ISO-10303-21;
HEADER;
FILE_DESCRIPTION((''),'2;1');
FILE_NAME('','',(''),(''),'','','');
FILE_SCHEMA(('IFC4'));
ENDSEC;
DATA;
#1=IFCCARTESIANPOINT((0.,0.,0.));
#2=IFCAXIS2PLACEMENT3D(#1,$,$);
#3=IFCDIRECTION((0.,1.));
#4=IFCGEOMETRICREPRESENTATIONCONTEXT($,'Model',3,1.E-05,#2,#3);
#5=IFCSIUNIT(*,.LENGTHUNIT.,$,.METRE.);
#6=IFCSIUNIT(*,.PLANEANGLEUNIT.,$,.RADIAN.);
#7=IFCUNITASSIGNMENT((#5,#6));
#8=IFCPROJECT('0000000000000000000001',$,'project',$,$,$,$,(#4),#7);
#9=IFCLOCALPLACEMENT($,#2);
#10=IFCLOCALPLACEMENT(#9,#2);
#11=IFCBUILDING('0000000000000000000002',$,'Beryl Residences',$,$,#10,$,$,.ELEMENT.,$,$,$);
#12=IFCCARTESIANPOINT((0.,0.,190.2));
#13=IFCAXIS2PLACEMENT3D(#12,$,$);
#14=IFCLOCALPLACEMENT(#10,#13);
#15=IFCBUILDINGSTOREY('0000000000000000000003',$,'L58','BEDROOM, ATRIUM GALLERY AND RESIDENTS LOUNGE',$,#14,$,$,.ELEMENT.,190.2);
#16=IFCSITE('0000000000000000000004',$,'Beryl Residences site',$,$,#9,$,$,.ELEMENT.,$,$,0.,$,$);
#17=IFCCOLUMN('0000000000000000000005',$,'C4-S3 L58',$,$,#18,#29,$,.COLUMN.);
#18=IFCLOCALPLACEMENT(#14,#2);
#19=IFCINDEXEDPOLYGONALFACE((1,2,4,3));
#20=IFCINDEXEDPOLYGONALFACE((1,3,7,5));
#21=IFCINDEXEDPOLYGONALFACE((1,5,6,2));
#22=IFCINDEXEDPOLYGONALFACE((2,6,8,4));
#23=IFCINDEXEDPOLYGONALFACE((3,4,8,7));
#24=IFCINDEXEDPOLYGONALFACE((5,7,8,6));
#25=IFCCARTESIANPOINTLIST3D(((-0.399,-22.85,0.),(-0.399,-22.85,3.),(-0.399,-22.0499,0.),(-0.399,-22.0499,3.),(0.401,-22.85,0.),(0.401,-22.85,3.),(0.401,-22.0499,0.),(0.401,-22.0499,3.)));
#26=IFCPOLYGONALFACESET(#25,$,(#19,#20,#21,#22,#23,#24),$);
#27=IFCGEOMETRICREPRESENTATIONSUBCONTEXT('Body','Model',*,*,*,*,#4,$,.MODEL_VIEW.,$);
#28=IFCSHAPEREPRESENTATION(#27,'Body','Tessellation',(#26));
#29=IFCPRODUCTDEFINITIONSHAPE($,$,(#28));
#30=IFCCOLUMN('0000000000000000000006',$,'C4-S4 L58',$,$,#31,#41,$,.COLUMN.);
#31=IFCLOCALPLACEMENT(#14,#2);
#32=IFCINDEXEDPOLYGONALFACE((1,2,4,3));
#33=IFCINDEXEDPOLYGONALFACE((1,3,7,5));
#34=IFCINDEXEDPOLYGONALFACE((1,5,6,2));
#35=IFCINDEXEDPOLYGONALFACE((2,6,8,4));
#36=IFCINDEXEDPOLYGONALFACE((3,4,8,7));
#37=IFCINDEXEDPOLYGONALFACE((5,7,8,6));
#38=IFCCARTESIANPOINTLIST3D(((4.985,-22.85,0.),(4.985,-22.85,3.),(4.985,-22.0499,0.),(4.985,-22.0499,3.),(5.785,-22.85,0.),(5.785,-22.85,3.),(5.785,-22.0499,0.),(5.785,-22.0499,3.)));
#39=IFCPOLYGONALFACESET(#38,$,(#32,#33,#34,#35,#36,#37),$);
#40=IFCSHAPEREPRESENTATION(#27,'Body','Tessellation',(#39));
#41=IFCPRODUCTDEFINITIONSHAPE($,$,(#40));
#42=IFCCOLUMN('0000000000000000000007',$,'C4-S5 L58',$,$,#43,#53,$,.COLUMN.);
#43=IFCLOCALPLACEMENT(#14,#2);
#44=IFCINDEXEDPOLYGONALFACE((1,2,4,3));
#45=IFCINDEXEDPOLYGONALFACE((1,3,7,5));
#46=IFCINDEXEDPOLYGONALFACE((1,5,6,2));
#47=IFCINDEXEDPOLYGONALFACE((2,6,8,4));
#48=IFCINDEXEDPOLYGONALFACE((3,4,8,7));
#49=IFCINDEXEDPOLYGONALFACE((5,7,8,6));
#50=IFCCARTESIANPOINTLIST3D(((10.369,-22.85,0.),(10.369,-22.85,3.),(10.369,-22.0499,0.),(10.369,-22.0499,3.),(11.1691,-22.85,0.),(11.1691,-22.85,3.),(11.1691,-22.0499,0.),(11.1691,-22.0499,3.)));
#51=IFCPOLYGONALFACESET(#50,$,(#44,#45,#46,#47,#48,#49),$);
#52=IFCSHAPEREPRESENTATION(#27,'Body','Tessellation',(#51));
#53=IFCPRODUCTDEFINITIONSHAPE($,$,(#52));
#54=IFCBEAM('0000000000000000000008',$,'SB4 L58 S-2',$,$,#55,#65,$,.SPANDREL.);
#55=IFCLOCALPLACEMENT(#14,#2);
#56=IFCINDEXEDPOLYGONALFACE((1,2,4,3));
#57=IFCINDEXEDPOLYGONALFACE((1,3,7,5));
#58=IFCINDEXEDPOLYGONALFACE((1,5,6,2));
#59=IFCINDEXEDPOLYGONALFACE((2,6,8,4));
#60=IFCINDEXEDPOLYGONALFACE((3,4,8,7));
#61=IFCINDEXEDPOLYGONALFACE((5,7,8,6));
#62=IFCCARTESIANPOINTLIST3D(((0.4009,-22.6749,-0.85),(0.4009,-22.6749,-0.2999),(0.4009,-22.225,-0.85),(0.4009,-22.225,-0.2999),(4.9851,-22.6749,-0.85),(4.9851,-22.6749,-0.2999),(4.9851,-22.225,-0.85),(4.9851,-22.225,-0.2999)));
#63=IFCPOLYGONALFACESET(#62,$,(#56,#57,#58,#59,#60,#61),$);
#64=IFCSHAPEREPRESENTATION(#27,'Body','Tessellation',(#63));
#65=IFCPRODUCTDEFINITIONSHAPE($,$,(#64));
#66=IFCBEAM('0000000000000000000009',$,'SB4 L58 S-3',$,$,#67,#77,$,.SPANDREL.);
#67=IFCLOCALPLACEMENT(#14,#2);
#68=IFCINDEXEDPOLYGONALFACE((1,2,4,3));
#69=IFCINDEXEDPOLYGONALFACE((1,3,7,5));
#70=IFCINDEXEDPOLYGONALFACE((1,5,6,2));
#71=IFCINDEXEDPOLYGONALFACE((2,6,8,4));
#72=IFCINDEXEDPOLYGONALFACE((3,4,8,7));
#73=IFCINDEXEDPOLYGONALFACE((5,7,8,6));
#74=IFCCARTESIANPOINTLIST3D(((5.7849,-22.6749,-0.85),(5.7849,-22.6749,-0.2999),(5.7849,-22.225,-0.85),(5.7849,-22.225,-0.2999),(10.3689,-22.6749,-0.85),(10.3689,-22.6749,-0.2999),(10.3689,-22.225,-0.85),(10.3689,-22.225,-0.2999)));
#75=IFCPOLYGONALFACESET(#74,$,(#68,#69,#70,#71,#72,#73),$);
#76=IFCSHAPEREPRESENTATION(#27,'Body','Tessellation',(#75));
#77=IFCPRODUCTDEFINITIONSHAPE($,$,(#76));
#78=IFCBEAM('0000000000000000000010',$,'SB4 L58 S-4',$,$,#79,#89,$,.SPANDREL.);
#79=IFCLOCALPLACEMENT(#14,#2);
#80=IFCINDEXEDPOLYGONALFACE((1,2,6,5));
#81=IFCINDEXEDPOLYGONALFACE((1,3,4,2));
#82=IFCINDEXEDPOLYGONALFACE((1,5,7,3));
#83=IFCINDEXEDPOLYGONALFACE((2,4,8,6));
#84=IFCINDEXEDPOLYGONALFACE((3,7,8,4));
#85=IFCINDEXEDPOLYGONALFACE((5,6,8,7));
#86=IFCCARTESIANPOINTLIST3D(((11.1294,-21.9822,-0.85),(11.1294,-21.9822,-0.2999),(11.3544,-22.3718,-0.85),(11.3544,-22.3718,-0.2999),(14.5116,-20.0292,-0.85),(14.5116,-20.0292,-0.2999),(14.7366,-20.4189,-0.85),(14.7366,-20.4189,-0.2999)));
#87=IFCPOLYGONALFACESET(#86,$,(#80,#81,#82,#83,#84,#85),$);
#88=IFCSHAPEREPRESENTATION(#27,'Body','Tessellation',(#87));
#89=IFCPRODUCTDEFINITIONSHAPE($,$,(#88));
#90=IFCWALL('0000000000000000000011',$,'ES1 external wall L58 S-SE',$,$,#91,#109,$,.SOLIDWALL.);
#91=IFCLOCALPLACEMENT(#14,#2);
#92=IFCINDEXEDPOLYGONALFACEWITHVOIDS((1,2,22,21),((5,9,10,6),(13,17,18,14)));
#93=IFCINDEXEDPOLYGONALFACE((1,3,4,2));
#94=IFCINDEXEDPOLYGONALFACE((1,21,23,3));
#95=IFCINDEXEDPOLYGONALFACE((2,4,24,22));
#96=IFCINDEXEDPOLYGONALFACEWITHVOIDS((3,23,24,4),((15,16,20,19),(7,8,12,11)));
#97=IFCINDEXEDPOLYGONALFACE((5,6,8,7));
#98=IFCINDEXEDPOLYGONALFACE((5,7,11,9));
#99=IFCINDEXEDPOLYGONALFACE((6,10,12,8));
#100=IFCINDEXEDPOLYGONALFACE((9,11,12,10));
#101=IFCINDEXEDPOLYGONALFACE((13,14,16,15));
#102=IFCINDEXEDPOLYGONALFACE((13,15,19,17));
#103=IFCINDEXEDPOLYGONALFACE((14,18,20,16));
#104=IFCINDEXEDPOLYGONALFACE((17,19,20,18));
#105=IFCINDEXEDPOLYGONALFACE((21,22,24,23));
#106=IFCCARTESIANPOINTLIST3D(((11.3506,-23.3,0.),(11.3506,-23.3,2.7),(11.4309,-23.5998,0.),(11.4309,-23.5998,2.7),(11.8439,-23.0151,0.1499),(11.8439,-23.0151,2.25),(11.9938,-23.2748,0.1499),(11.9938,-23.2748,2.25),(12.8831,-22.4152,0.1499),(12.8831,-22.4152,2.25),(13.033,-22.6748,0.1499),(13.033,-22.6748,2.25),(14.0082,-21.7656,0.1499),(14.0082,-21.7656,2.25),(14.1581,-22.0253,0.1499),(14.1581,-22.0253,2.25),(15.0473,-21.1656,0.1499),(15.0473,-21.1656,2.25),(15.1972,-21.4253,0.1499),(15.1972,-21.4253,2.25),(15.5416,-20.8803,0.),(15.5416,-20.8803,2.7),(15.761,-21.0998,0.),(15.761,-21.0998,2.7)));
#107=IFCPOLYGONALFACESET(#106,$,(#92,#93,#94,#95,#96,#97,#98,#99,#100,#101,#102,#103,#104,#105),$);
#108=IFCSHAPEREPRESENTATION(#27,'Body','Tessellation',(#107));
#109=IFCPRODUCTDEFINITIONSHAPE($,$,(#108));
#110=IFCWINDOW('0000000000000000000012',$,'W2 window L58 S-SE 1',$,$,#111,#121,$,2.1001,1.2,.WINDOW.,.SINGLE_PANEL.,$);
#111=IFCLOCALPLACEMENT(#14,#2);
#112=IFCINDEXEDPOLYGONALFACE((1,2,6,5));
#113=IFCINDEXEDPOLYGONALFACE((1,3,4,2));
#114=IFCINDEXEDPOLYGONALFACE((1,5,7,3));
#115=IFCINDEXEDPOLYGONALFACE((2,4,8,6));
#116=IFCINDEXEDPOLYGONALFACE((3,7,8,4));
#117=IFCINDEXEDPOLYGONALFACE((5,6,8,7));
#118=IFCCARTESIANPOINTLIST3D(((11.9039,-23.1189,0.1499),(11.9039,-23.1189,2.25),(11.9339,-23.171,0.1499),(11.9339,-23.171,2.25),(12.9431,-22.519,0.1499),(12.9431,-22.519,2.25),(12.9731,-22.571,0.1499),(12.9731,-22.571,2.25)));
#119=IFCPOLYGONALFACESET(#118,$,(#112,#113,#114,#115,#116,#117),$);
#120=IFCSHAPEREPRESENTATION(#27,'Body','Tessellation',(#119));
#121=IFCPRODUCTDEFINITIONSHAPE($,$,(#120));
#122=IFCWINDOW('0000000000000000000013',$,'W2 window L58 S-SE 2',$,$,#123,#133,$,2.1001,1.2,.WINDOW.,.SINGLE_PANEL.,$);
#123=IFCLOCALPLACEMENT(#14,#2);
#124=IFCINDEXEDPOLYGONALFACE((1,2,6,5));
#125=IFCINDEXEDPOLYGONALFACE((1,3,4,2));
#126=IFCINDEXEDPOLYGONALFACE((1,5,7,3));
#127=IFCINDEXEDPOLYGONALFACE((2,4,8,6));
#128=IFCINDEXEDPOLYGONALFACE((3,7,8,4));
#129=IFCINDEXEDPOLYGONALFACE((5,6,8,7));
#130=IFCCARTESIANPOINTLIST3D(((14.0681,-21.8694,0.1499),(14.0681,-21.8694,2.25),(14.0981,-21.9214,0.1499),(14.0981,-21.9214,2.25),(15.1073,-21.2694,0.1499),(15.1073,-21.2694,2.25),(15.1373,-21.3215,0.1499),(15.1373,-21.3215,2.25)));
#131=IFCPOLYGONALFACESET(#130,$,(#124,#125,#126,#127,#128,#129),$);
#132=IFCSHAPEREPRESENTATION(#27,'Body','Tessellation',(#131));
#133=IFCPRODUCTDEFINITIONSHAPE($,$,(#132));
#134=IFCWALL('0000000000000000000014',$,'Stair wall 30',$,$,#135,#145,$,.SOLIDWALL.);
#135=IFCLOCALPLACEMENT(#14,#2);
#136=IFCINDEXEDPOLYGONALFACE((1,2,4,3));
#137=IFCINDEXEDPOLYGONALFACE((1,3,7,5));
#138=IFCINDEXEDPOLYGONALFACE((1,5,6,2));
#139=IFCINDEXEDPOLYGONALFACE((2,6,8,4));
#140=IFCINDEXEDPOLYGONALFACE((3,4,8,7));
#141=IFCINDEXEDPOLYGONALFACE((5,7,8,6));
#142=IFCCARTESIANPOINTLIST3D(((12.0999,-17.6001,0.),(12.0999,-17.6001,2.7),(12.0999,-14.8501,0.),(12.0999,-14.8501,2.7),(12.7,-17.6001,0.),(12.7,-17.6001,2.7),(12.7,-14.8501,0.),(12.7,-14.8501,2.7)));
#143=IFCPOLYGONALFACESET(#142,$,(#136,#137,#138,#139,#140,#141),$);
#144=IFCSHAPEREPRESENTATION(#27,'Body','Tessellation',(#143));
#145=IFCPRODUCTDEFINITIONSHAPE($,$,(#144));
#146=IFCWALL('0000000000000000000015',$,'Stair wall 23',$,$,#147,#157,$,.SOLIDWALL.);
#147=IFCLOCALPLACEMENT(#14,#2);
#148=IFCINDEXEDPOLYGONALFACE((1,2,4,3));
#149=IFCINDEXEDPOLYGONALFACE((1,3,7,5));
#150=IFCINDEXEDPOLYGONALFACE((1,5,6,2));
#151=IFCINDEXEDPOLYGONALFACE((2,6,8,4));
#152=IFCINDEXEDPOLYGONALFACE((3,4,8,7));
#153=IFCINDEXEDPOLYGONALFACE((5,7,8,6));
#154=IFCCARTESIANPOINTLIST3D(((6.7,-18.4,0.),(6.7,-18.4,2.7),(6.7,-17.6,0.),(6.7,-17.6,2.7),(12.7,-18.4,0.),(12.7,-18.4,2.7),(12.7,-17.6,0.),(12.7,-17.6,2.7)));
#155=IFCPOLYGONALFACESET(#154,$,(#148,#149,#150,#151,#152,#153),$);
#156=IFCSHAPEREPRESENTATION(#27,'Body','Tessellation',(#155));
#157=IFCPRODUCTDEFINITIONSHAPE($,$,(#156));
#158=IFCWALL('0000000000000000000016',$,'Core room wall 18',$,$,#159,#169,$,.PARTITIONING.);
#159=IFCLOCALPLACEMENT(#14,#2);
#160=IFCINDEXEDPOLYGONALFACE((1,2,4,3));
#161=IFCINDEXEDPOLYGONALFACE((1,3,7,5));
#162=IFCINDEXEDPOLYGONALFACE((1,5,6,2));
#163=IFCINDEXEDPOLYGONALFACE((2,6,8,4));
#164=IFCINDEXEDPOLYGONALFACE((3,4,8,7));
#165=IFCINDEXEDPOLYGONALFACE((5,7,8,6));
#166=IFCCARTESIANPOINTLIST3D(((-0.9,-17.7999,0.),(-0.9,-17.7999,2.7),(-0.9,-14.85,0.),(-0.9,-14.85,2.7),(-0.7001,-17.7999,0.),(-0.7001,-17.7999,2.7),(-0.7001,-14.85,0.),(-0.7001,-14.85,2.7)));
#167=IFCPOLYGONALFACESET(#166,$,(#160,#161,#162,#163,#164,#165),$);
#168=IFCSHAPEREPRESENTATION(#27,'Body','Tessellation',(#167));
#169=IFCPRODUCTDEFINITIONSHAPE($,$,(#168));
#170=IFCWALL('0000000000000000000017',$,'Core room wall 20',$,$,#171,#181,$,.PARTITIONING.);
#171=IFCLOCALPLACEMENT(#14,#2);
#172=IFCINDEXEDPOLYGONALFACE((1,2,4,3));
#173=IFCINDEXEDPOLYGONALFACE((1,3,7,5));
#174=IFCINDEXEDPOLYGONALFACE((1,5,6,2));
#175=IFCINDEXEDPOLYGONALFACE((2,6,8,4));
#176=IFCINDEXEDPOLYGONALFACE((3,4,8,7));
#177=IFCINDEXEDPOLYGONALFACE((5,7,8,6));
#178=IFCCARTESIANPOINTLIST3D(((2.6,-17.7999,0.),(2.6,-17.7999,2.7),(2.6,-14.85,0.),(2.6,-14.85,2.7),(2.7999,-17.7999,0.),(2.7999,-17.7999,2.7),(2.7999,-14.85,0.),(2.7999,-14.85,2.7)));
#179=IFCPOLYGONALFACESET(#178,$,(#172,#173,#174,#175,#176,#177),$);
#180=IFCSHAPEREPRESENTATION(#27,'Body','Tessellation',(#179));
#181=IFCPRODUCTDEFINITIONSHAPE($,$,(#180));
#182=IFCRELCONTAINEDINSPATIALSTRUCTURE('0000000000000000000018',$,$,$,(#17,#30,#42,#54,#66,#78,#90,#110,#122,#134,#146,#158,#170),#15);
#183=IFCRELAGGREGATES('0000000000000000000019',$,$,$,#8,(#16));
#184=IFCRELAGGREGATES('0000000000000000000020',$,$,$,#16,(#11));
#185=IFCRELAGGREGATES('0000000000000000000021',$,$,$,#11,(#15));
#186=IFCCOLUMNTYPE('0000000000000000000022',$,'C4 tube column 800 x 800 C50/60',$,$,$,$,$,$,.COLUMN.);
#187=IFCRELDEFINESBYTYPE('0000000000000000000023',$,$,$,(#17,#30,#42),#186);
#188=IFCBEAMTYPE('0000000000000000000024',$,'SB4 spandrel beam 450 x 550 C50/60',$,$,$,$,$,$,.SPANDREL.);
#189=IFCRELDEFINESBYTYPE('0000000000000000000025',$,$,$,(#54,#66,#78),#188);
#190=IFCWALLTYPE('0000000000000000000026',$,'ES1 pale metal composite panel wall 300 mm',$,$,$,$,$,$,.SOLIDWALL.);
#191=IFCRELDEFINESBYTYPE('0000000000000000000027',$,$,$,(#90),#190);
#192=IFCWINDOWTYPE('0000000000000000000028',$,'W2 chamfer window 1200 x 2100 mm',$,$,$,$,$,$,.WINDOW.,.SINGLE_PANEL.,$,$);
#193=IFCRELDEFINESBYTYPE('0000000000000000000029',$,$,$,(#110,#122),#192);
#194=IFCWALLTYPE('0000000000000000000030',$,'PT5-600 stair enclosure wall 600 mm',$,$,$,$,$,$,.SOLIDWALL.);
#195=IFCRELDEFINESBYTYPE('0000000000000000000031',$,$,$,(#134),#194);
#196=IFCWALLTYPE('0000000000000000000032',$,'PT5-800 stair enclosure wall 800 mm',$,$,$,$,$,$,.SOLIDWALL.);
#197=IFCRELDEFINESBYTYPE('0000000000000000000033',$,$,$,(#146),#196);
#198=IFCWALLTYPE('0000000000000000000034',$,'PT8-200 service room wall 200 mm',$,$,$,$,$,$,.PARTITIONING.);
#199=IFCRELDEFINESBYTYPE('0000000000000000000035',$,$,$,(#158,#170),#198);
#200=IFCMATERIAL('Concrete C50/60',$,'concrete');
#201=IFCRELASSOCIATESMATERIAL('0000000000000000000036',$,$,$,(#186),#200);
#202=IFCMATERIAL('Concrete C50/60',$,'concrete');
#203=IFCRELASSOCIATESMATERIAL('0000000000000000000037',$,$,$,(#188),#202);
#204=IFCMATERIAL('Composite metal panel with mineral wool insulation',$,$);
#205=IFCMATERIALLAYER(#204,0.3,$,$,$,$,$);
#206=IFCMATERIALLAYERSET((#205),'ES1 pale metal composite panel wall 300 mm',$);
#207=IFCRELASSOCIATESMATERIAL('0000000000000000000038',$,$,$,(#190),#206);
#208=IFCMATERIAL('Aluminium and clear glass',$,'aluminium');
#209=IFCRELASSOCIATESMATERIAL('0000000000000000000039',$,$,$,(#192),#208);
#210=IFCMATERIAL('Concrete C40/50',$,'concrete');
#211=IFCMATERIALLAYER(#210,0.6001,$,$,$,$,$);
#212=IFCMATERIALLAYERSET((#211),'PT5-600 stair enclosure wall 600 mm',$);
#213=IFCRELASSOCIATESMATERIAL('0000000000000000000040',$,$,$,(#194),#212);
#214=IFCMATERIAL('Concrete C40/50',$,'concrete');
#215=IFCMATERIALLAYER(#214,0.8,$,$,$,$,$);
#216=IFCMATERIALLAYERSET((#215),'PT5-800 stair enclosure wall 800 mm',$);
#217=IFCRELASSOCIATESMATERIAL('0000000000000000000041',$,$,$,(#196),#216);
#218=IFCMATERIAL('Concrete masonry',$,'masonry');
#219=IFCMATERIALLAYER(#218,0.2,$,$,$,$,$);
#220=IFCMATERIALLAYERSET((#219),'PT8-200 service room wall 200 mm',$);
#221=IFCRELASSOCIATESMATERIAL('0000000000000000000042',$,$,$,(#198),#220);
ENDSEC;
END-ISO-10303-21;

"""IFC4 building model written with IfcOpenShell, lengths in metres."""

from ifc_helpers import new_model, si_unit, direction, frame, frame_2d, origin, origin_2d, place, context, subcontext, project, spatial, polyline, rectangle, outline, extrude, material, layer, layer_set, material_profile, profile_set, type_object, element, fill, save


model = new_model("IFC4")

# Units and contexts
model_context = context("Model", 3, precision=1e-05, world=origin(), true_north=direction((0.0, 1.0)))
body_context = subcontext(model_context, "Body", "Model", "MODEL_VIEW")
ifc_project = project(units=[si_unit("LENGTHUNIT", "METRE"), si_unit("PLANEANGLEUNIT", "RADIAN")], contexts=[model_context])

# Site, building, storey
site_placement = place(None, origin())
site = spatial("IfcSite", under=ifc_project, at=site_placement, Name="Beryl Residences site", CompositionType="ELEMENT", RefElevation=0.0)
building_placement = place(site_placement, origin())
building = spatial("IfcBuilding", under=site, at=building_placement, Name="Beryl Residences", CompositionType="ELEMENT")
storey_placement = place(building_placement, frame((0.0, 0.0, 190.2)))
storey = spatial("IfcBuildingStorey", under=building, at=storey_placement, Name="L58", Description="BEDROOM, ATRIUM GALLERY AND RESIDENTS LOUNGE", CompositionType="ELEMENT", Elevation=190.2)

# Columns
ifc_material_1 = material(Name="Concrete C50/60", Category="concrete")
ifc_material_profile_1 = material_profile(ifc_material_1, rectangle(XDim=0.8, YDim=0.8, at=origin_2d()))
ifc_profile_set_1 = profile_set([ifc_material_profile_1], Name="Concrete C50/60")
column_type = type_object("IfcColumnType", Name="C4 tube column 800 x 800 C50/60", PredefinedType="COLUMN", material=ifc_profile_set_1)
for number, where, z_axis, x_axis, name in (
    (1, (0.001, -22.45, 0.0), (0.0, 0.0, 1.0), (1.0, 0.0, 0.0), "C4-S3 L58"),
    (2, (5.385, -22.45, 0.0), (0.0, 0.0, 1.0), (1.0, 0.0, 0.0), "C4-S4 L58"),
    (3, (10.769, -22.45, 0.0), (0.0, 0.0, 1.0), (1.0, 0.0, 0.0), "C4-S5 L58"),
):
    element("IfcColumn", number, at=place(storey_placement, frame(where, z_axis=z_axis, x_axis=x_axis)), inside=storey, type_object=column_type, Name=name, PredefinedType="COLUMN", context=body_context, shape_type="SweptSolid", body=[
        extrude(rectangle(XDim=0.8, YDim=0.8, at=origin_2d()), origin(), (0.0, 0.0, 1.0), 3.0),
    ])

# Beams
ifc_material_2 = material(Name="Concrete C50/60", Category="concrete")
ifc_material_profile_2 = material_profile(ifc_material_2, rectangle(XDim=0.45, YDim=0.55, at=origin_2d()))
ifc_profile_set_2 = profile_set([ifc_material_profile_2], Name="Concrete C50/60")
beam_type = type_object("IfcBeamType", Name="SB4 spandrel beam 450 x 550 C50/60", PredefinedType="SPANDREL", material=ifc_profile_set_2)
beam_1_placement = place(storey_placement, frame((0.4009, -22.45, -0.575), z_axis=(1.0, 0.0, 0.0), x_axis=(0.0, 1.0, 0.0)))
element("IfcBeam", 4, at=beam_1_placement, inside=storey, type_object=beam_type, Name="SB4 L58 S-2", PredefinedType="SPANDREL", context=body_context, shape_type="SweptSolid", body=[
    extrude(rectangle(XDim=0.45, YDim=0.55, at=origin_2d()), origin(), (0.0, 0.0, 1.0), 4.5842),
])
beam_2_placement = place(storey_placement, frame((5.7849, -22.45, -0.575), z_axis=(1.0, 0.0, 0.0), x_axis=(0.0, 1.0, 0.0)))
element("IfcBeam", 5, at=beam_2_placement, inside=storey, type_object=beam_type, Name="SB4 L58 S-3", PredefinedType="SPANDREL", context=body_context, shape_type="SweptSolid", body=[
    extrude(rectangle(XDim=0.45, YDim=0.55, at=origin_2d()), origin(), (0.0, 0.0, 1.0), 4.584),
])
beam_3_placement = place(storey_placement, frame((11.2419, -22.177, -0.575), z_axis=(0.865999, 0.500045, 0.0), x_axis=(-0.500045, 0.865999, 0.0)))
element("IfcBeam", 6, at=beam_3_placement, inside=storey, type_object=beam_type, Name="SB4 L58 S-4", PredefinedType="SPANDREL", context=body_context, shape_type="SweptSolid", body=[
    extrude(rectangle(XDim=0.45, YDim=0.55, at=origin_2d()), origin(), (0.0, 0.0, 1.0), 3.9055),
])

# Wall, openings, windows
ifc_material_3 = material(Name="Composite metal panel with mineral wool insulation")
ifc_layer_1 = layer(ifc_material_3, 0.3)
ifc_layer_set_1 = layer_set([ifc_layer_1], Name="ES1 pale metal composite panel wall 300 mm")
wall_type_1 = type_object("IfcWallType", Name="ES1 pale metal composite panel wall 300 mm", PredefinedType="SOLIDWALL", material=ifc_layer_set_1)
wall_1_placement = place(storey_placement, frame((11.356, -23.47, 0.0), z_axis=(0.0, 0.0, 1.0), x_axis=(0.866023, 0.500004, 0.0)))
wall_1 = element("IfcWall", 7, at=wall_1_placement, inside=storey, type_object=wall_type_1, Name="ES1 external wall L58 S-SE", PredefinedType="SOLIDWALL", context=body_context, shape_type="SweptSolid", body=[
    extrude(outline(polyline([(0.0, -0.1499), (5.0, -0.1499), (4.9197, 0.1499), (0.0803, 0.1499), (0.0, -0.1499)])), origin(), (0.0, 0.0, 1.0), 2.7),
])
opening_1_placement = place(wall_1_placement, frame((0.6499, 0.0, 0.1499)))
opening_1 = element("IfcOpeningElement", 8, at=opening_1_placement, cuts=wall_1, PredefinedType="OPENING", context=body_context, shape_type="SweptSolid", body=[
    extrude(rectangle(XDim=1.2, YDim=2.1001, at=frame_2d((0.6001, 1.05))), frame((0.0, 0.1599, 0.0), z_axis=(0.0, -1.0, 0.0), x_axis=(1.0, 0.0, 0.0)), (0.0, 0.0, 1.0), 0.3201),
])
opening_2_placement = place(wall_1_placement, frame((3.1489, 0.0, 0.1499)))
opening_2 = element("IfcOpeningElement", 9, at=opening_2_placement, cuts=wall_1, PredefinedType="OPENING", context=body_context, shape_type="SweptSolid", body=[
    extrude(rectangle(XDim=1.2, YDim=2.1001, at=frame_2d((0.6001, 1.05))), frame((0.0, 0.1599, 0.0), z_axis=(0.0, -1.0, 0.0), x_axis=(1.0, 0.0, 0.0)), (0.0, 0.0, 1.0), 0.3201),
])
ifc_material_4 = material(Name="Aluminium and clear glass", Category="aluminium")
window_type = type_object("IfcWindowType", Name="W2 chamfer window 1200 x 2100 mm", PartitioningType="SINGLE_PANEL", PredefinedType="WINDOW", material=ifc_material_4)
window_1_placement = place(opening_1_placement, origin())
window_1 = element("IfcWindow", 10, at=window_1_placement, inside=storey, type_object=window_type, Name="W2 window L58 S-SE 1", OverallHeight=2.1001, OverallWidth=1.2, PartitioningType="SINGLE_PANEL", PredefinedType="WINDOW", context=body_context, shape_type="SweptSolid", body=[
    extrude(rectangle(XDim=1.2, YDim=2.1001, at=frame_2d((0.6001, 1.05))), frame((0.0, 0.03, 0.0), z_axis=(0.0, -1.0, 0.0), x_axis=(1.0, 0.0, 0.0)), (0.0, 0.0, 1.0), 0.0601),
])
fill(opening_1, window_1)
window_2_placement = place(opening_2_placement, origin())
window_2 = element("IfcWindow", 11, at=window_2_placement, inside=storey, type_object=window_type, Name="W2 window L58 S-SE 2", OverallHeight=2.1001, OverallWidth=1.2, PartitioningType="SINGLE_PANEL", PredefinedType="WINDOW", context=body_context, shape_type="SweptSolid", body=[
    extrude(rectangle(XDim=1.2, YDim=2.1001, at=frame_2d((0.6001, 1.05))), frame((0.0, 0.03, 0.0), z_axis=(0.0, -1.0, 0.0), x_axis=(1.0, 0.0, 0.0)), (0.0, 0.0, 1.0), 0.0601),
])
fill(opening_2, window_2)

# Walls
ifc_material_5 = material(Name="Concrete C40/50", Category="concrete")
ifc_layer_2 = layer(ifc_material_5, 0.6001)
ifc_layer_set_2 = layer_set([ifc_layer_2], Name="PT5-600 stair enclosure wall 600 mm")
wall_type_2 = type_object("IfcWallType", Name="PT5-600 stair enclosure wall 600 mm", PredefinedType="SOLIDWALL", material=ifc_layer_set_2)
wall_2_placement = place(storey_placement, frame((12.3999, -17.6001, 0.0), z_axis=(0.0, 0.0, 1.0), x_axis=(0.0, 1.0, 0.0)))
element("IfcWall", 12, at=wall_2_placement, inside=storey, type_object=wall_type_2, Name="Stair wall 30", PredefinedType="SOLIDWALL", context=body_context, shape_type="SweptSolid", body=[
    extrude(rectangle(XDim=2.75, YDim=0.6001, at=frame_2d((1.375, 0.0))), origin(), (0.0, 0.0, 1.0), 2.7),
])
ifc_material_6 = material(Name="Concrete C40/50", Category="concrete")
ifc_layer_3 = layer(ifc_material_6, 0.8)
ifc_layer_set_3 = layer_set([ifc_layer_3], Name="PT5-800 stair enclosure wall 800 mm")
wall_type_3 = type_object("IfcWallType", Name="PT5-800 stair enclosure wall 800 mm", PredefinedType="SOLIDWALL", material=ifc_layer_set_3)
wall_3_placement = place(storey_placement, frame((6.7, -18.0, 0.0), z_axis=(0.0, 0.0, 1.0), x_axis=(1.0, 0.0, 0.0)))
element("IfcWall", 13, at=wall_3_placement, inside=storey, type_object=wall_type_3, Name="Stair wall 23", PredefinedType="SOLIDWALL", context=body_context, shape_type="SweptSolid", body=[
    extrude(rectangle(XDim=6.0, YDim=0.8, at=frame_2d((3.0, 0.0))), origin(), (0.0, 0.0, 1.0), 2.7),
])
ifc_material_7 = material(Name="Concrete masonry", Category="masonry")
ifc_layer_4 = layer(ifc_material_7, 0.2)
ifc_layer_set_4 = layer_set([ifc_layer_4], Name="PT8-200 service room wall 200 mm")
wall_type_4 = type_object("IfcWallType", Name="PT8-200 service room wall 200 mm", PredefinedType="PARTITIONING", material=ifc_layer_set_4)
for number, where, z_axis, x_axis, name in (
    (14, (-0.8, -17.8, 0.0), (0.0, 0.0, 1.0), (0.0, 1.0, 0.0), "Core room wall 18"),
    (15, (2.7, -17.8, 0.0), (0.0, 0.0, 1.0), (0.0, 1.0, 0.0), "Core room wall 20"),
):
    element("IfcWall", number, at=place(storey_placement, frame(where, z_axis=z_axis, x_axis=x_axis)), inside=storey, type_object=wall_type_4, Name=name, PredefinedType="PARTITIONING", context=body_context, shape_type="SweptSolid", body=[
        extrude(rectangle(XDim=2.95, YDim=0.2, at=frame_2d((1.4751, 0.0))), origin(), (0.0, 0.0, 1.0), 2.7),
    ])

save(model, "model.ifc")
